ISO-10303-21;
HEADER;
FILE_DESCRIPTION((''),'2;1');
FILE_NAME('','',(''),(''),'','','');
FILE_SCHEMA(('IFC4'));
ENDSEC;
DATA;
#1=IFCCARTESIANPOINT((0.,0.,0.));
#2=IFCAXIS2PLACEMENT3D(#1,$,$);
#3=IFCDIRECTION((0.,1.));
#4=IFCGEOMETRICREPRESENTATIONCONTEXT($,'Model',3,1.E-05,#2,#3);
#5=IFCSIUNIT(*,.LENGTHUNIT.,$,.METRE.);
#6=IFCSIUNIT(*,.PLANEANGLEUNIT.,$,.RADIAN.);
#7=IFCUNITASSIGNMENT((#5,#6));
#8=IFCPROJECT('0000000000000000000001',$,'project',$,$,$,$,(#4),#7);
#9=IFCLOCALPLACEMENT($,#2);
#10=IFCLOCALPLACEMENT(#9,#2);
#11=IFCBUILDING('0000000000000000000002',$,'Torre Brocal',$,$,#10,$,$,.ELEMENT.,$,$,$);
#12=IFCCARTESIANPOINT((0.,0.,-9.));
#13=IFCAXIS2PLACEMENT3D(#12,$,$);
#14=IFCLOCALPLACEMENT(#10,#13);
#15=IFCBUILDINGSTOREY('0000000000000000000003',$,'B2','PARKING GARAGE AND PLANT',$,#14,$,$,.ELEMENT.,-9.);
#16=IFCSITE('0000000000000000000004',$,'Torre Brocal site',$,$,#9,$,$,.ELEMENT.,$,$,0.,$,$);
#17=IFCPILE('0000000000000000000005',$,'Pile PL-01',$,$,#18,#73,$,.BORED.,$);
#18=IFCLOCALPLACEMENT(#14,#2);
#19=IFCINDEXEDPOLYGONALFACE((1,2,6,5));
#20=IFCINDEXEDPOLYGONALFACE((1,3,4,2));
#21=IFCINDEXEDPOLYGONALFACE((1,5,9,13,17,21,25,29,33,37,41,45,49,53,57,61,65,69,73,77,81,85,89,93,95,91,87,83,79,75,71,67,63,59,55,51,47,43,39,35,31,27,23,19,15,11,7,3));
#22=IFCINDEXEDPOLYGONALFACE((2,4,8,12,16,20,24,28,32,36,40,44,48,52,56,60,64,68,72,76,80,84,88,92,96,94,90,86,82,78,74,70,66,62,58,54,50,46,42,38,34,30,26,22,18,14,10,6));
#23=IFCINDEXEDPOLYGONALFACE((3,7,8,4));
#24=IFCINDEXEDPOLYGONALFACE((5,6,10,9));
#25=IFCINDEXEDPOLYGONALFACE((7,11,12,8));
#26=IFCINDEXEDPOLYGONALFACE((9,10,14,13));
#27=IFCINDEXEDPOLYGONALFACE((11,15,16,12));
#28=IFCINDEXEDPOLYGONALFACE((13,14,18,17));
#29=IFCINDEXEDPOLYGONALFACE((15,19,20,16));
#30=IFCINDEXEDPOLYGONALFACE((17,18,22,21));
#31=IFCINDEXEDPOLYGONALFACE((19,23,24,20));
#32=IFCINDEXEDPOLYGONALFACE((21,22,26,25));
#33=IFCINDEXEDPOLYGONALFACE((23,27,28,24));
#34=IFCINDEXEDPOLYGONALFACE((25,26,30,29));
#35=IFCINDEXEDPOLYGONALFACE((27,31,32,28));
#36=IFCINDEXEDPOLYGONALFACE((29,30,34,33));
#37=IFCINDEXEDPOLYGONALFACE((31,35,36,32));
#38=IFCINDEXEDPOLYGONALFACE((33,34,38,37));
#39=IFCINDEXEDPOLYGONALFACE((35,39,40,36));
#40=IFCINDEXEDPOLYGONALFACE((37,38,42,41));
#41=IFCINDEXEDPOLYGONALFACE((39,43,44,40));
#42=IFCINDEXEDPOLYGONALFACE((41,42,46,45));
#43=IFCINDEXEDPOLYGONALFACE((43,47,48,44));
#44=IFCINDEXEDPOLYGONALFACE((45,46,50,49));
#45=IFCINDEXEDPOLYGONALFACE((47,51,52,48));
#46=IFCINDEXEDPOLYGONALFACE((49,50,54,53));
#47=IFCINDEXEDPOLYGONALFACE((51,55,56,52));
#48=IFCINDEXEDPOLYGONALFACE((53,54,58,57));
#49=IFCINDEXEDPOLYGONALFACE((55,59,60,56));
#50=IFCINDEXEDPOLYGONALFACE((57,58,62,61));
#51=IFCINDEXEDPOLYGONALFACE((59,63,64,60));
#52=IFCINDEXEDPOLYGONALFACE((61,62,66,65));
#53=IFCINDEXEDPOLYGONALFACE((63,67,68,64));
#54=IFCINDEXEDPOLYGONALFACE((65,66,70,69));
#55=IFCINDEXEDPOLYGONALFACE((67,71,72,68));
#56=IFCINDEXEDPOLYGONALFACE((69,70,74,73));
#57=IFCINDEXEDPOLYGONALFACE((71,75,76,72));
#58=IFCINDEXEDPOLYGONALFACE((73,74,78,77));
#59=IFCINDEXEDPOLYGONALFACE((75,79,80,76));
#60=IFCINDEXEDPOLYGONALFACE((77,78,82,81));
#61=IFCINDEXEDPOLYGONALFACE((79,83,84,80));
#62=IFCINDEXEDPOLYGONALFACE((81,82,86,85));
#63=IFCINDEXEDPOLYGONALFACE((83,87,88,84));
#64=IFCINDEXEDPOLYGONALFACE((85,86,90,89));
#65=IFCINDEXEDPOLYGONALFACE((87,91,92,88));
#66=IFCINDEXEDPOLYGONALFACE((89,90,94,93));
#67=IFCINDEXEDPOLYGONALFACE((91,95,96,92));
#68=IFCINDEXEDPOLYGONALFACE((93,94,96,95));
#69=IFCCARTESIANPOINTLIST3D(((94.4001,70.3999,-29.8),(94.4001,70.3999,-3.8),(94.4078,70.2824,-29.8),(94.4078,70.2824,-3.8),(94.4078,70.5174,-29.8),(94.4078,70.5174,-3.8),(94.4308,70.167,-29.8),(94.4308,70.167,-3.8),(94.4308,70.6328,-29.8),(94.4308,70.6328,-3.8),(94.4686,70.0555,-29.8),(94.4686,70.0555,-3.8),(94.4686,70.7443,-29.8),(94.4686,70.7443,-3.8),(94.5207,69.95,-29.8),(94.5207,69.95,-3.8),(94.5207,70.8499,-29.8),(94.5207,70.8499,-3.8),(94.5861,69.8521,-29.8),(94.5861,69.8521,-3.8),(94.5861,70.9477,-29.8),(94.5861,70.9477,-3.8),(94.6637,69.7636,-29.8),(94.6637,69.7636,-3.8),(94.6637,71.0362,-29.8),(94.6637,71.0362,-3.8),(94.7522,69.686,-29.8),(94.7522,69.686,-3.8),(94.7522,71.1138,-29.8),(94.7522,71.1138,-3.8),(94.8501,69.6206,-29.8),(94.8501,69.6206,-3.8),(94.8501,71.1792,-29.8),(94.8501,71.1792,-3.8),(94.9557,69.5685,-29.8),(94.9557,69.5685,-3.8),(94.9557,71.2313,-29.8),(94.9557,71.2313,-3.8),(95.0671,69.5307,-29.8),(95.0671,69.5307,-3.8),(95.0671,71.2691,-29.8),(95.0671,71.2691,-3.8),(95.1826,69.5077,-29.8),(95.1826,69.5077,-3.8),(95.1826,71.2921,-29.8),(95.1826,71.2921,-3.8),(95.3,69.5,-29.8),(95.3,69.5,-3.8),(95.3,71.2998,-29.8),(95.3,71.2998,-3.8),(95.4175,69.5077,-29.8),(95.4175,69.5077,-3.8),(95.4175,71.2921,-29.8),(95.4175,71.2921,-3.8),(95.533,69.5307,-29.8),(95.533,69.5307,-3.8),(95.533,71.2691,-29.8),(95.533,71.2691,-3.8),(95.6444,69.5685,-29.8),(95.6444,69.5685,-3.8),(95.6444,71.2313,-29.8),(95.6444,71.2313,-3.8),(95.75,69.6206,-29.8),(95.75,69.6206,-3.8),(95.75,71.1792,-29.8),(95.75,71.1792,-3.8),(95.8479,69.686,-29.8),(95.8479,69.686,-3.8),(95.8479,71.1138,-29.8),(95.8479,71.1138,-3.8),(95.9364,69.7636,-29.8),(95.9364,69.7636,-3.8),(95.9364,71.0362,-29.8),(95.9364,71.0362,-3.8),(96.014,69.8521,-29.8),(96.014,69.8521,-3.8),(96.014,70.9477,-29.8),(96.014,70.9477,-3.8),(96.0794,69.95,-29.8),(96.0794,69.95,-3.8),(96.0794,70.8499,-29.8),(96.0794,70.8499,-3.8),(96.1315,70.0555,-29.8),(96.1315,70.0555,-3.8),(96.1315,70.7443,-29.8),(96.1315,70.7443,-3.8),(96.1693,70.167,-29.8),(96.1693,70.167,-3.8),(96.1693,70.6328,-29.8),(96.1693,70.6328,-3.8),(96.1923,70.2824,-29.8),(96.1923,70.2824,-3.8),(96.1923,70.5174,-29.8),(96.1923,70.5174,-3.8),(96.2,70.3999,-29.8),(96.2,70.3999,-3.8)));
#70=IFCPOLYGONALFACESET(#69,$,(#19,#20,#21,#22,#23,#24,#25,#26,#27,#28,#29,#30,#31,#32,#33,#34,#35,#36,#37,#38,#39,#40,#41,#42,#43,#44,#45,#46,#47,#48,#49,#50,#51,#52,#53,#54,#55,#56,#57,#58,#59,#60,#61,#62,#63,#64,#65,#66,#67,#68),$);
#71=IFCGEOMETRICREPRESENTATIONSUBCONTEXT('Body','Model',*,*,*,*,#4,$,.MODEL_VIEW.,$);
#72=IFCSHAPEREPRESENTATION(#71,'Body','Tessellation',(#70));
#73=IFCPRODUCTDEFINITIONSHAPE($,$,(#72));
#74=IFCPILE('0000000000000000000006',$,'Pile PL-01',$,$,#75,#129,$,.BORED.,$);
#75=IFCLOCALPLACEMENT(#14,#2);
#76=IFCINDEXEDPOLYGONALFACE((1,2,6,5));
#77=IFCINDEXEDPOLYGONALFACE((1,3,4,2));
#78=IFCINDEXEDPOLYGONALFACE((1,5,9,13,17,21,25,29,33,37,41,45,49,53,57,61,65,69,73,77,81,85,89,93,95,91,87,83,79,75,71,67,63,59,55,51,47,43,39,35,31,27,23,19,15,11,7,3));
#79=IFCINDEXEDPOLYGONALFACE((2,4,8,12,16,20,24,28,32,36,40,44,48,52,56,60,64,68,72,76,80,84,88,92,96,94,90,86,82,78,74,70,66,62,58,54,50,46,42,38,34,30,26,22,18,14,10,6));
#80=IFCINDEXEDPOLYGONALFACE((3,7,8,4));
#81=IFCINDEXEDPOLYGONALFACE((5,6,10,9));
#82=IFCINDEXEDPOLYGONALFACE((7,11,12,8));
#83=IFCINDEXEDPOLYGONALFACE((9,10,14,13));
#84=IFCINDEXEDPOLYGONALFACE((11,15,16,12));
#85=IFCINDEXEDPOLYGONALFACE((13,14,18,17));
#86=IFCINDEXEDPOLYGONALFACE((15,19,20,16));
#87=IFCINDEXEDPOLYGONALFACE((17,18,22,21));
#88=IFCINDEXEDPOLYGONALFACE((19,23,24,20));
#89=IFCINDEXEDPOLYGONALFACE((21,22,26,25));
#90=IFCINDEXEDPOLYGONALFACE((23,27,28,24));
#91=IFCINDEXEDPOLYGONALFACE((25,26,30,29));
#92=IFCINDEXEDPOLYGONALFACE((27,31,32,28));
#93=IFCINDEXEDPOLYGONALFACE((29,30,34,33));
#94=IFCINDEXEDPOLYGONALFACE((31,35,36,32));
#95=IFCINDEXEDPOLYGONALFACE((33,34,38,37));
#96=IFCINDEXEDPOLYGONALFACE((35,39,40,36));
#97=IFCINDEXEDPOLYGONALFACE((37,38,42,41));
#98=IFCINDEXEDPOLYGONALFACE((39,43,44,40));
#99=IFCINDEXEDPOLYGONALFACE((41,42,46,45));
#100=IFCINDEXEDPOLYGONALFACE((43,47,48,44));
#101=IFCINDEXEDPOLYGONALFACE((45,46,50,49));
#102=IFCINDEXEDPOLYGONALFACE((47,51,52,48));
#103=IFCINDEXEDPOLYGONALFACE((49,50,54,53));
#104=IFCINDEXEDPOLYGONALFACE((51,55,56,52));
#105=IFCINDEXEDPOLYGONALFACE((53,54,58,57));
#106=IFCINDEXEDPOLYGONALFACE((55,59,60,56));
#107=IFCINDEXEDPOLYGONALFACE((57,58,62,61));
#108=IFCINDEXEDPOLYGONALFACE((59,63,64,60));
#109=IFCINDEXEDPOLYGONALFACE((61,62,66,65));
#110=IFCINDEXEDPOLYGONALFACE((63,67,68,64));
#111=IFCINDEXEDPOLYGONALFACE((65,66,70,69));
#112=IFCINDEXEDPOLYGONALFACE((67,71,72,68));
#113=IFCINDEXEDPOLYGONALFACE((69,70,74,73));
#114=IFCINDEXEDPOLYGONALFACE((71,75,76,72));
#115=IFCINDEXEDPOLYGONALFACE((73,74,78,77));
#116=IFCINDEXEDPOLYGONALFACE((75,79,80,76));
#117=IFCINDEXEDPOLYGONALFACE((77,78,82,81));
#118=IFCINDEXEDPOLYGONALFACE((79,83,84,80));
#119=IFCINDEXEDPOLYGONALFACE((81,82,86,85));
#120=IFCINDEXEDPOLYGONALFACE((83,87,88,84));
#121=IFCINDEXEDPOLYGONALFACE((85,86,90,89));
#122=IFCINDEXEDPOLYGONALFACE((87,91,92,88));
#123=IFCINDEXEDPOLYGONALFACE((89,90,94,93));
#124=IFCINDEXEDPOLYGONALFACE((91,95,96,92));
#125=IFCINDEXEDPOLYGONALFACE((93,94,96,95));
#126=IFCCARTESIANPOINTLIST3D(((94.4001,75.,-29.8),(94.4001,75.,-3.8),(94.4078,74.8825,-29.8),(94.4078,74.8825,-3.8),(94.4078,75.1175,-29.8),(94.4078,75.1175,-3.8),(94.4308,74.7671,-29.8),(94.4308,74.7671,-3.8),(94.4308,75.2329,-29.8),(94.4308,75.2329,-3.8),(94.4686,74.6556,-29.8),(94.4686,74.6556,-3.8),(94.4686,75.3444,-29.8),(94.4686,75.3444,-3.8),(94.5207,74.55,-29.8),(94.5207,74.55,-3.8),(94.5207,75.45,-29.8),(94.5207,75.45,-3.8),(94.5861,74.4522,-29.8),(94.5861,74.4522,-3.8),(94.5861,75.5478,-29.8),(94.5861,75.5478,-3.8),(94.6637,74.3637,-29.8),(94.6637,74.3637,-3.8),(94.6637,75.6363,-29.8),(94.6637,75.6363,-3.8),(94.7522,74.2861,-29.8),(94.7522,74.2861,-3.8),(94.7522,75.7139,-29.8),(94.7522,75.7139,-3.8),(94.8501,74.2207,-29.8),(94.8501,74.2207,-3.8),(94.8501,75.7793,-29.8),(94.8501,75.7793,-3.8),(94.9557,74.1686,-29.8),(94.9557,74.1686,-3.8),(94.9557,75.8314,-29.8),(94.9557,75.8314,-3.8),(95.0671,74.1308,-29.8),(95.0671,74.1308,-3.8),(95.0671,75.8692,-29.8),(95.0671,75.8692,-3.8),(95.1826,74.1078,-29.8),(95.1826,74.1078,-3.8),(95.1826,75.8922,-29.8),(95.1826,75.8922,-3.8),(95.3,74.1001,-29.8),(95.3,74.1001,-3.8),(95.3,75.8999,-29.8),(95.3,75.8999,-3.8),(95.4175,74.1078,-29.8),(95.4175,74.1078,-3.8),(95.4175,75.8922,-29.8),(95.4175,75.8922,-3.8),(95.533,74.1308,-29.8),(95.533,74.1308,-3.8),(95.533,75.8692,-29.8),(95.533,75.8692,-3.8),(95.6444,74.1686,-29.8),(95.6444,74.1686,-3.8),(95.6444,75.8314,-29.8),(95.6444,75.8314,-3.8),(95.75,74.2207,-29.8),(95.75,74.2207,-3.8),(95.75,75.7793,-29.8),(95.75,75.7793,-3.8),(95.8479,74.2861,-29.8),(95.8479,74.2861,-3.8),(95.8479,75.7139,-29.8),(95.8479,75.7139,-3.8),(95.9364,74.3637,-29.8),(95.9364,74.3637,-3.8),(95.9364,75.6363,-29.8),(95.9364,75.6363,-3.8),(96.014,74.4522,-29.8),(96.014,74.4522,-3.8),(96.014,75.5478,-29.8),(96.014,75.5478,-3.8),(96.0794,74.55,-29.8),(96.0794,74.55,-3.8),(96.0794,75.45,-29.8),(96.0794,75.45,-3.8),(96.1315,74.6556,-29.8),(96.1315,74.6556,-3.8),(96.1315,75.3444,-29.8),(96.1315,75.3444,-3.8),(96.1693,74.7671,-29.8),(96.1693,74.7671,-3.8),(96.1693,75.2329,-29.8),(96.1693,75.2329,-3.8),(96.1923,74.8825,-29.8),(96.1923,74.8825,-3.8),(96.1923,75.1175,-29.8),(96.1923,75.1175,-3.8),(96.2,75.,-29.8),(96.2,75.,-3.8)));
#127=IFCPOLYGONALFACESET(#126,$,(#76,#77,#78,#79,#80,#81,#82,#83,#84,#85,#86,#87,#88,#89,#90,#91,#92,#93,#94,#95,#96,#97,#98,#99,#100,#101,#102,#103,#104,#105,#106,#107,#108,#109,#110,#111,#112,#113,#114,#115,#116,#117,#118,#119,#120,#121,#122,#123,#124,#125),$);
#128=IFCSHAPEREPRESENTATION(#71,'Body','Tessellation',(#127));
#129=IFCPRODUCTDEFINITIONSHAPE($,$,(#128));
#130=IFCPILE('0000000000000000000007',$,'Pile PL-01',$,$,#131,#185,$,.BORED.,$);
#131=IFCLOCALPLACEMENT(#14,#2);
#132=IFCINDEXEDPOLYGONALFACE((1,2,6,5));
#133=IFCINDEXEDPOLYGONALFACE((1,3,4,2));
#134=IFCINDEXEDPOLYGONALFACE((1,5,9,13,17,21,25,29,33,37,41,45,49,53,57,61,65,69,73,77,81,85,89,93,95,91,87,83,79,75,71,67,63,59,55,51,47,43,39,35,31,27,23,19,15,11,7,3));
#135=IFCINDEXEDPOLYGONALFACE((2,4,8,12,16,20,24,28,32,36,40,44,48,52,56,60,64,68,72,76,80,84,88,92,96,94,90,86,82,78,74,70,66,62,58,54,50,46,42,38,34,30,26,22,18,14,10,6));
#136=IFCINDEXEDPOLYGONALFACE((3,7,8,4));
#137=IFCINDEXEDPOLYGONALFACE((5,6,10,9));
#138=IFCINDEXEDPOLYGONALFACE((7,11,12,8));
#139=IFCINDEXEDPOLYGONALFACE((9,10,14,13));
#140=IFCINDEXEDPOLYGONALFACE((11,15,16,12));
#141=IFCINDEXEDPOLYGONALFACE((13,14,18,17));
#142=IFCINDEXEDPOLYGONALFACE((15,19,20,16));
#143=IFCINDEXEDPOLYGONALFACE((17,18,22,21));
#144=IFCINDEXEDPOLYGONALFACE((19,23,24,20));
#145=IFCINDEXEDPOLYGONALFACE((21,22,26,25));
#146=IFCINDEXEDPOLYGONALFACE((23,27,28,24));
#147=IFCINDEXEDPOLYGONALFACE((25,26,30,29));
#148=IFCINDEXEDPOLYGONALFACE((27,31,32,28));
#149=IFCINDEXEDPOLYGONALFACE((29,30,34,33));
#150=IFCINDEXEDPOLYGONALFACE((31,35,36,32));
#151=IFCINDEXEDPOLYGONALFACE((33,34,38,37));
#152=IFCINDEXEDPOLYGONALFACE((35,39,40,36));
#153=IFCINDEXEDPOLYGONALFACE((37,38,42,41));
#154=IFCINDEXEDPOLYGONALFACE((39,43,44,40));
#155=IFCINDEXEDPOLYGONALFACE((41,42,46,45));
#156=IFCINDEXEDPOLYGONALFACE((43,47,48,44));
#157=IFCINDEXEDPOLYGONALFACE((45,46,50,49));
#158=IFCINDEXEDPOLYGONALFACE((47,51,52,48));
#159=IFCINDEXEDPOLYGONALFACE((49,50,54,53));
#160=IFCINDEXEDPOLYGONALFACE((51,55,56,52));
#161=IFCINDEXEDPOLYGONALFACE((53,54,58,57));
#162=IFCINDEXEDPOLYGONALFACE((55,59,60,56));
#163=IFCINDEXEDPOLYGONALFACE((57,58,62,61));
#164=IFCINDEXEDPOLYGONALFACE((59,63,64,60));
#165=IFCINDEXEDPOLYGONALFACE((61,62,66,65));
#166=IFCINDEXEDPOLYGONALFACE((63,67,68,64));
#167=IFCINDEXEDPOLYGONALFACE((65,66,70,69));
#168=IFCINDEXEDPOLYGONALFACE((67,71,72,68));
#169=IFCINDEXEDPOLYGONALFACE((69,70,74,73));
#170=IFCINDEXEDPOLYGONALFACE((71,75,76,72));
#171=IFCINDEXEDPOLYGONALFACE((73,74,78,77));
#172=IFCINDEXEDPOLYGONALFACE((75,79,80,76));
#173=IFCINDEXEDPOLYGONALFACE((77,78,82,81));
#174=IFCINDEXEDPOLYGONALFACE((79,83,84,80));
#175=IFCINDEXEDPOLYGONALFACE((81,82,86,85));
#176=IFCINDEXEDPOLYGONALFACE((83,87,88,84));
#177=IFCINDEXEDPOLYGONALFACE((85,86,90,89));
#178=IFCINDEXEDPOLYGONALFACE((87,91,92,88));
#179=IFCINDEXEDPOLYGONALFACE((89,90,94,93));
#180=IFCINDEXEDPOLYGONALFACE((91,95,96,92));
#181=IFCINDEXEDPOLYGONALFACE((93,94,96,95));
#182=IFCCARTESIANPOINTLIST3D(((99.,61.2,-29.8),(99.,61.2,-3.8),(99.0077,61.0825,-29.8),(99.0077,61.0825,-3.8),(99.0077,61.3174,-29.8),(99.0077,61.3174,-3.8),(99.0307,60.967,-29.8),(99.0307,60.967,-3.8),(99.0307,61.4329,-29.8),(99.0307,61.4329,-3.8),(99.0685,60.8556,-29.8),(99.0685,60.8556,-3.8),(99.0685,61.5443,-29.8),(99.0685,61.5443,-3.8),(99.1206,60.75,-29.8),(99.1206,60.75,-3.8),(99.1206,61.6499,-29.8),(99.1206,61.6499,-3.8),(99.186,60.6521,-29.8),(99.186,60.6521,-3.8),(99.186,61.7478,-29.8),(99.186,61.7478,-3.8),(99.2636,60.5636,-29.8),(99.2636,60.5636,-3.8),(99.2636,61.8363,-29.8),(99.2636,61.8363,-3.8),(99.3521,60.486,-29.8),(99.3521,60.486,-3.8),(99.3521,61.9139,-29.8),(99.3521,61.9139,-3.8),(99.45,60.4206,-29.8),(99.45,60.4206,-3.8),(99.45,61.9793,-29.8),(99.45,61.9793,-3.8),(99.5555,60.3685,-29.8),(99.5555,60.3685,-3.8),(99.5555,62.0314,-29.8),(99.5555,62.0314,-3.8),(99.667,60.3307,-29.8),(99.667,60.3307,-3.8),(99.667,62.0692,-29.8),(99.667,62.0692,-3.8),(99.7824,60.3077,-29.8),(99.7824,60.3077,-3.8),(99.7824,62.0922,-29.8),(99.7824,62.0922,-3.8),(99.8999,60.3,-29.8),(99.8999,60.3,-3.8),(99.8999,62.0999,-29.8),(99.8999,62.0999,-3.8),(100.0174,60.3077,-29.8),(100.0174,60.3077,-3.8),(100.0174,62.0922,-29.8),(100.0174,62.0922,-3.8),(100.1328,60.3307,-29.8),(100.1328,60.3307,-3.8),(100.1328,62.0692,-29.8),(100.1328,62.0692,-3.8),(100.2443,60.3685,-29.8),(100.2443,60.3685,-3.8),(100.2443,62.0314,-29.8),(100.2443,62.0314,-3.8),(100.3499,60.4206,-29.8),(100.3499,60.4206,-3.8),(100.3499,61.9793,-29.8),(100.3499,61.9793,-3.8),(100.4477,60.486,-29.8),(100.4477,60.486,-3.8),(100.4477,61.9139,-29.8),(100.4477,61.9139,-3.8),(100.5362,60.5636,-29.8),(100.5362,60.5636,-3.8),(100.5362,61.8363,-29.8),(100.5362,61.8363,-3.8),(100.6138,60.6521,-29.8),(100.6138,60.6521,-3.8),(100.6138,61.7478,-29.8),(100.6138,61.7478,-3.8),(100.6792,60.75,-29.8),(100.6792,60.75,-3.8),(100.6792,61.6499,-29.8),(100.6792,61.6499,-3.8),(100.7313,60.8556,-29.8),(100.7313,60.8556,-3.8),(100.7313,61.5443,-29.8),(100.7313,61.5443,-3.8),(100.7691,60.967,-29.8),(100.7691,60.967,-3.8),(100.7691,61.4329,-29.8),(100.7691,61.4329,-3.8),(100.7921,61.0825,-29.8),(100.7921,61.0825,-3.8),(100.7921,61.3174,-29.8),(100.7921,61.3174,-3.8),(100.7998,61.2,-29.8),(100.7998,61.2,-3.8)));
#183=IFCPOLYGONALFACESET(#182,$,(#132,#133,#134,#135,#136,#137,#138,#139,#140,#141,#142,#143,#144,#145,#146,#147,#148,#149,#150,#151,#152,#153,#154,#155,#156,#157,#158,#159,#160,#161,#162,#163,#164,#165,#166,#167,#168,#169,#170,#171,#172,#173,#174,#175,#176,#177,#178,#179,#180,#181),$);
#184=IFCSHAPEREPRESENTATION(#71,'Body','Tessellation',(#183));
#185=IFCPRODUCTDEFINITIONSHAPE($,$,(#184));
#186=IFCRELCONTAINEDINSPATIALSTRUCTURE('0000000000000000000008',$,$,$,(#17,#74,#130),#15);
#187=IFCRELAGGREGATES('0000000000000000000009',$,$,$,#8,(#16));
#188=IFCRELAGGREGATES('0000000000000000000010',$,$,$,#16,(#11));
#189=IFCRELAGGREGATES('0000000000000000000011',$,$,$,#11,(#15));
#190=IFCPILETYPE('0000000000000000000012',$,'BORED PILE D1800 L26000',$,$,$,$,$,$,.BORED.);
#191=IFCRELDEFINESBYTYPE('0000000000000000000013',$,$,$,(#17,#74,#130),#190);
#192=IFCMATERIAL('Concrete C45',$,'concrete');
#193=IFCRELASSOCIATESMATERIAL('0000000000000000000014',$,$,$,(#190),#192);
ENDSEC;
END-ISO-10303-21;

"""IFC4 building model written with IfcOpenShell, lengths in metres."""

from ifc_helpers import new_model, si_unit, direction, frame, origin, origin_2d, place, context, subcontext, project, spatial, circle, extrude, material, material_profile, profile_set, type_object, element, save


model = new_model("IFC4")

# Units and contexts
model_context = context("Model", 3, precision=1e-05, world=origin(), true_north=direction((0.0, 1.0)))
body_context = subcontext(model_context, "Body", "Model", "MODEL_VIEW")
ifc_project = project(units=[si_unit("LENGTHUNIT", "METRE"), si_unit("PLANEANGLEUNIT", "RADIAN")], contexts=[model_context])

# Site, building, storey
site_placement = place(None, origin())
site = spatial("IfcSite", under=ifc_project, at=site_placement, Name="Torre Brocal site", CompositionType="ELEMENT", RefElevation=0.0)
building_placement = place(site_placement, origin())
building = spatial("IfcBuilding", under=site, at=building_placement, Name="Torre Brocal", CompositionType="ELEMENT")
storey_placement = place(building_placement, frame((0.0, 0.0, -9.0)))
storey = spatial("IfcBuildingStorey", under=building, at=storey_placement, Name="B2", Description="PARKING GARAGE AND PLANT", CompositionType="ELEMENT", Elevation=-9.0)

# Piles
ifc_material_1 = material(Name="Concrete C45", Category="concrete")
ifc_material_profile_1 = material_profile(ifc_material_1, circle(Radius=0.8999, at=origin_2d()), Name="BORED PILE D1800")
ifc_profile_set_1 = profile_set([ifc_material_profile_1], Name="Concrete C45")
pile_type_1 = type_object("IfcPileType", Name="BORED PILE D1800 L26000", PredefinedType="BORED", material=ifc_profile_set_1)
for number, where, z_axis, x_axis, name in (
    (1, (95.3, 70.3999, -3.8), (0.0, 0.0, -1.0), (1.0, 0.0, 0.0), "Pile PL-01"),
    (2, (95.3, 75.0, -3.8), (0.0, 0.0, -1.0), (1.0, 0.0, 0.0), "Pile PL-01"),
    (3, (99.8999, 61.2, -3.8), (0.0, 0.0, -1.0), (1.0, 0.0, 0.0), "Pile PL-01"),
):
    element("IfcPile", number, at=place(storey_placement, frame(where, z_axis=z_axis, x_axis=x_axis)), inside=storey, type_object=pile_type_1, Name=name, PredefinedType="BORED", context=body_context, shape_type="SweptSolid", body=[
        extrude(circle(Radius=0.8999, at=origin_2d()), origin(), (0.0, 0.0, 1.0), 26.0),
    ])

save(model, "model.ifc")
